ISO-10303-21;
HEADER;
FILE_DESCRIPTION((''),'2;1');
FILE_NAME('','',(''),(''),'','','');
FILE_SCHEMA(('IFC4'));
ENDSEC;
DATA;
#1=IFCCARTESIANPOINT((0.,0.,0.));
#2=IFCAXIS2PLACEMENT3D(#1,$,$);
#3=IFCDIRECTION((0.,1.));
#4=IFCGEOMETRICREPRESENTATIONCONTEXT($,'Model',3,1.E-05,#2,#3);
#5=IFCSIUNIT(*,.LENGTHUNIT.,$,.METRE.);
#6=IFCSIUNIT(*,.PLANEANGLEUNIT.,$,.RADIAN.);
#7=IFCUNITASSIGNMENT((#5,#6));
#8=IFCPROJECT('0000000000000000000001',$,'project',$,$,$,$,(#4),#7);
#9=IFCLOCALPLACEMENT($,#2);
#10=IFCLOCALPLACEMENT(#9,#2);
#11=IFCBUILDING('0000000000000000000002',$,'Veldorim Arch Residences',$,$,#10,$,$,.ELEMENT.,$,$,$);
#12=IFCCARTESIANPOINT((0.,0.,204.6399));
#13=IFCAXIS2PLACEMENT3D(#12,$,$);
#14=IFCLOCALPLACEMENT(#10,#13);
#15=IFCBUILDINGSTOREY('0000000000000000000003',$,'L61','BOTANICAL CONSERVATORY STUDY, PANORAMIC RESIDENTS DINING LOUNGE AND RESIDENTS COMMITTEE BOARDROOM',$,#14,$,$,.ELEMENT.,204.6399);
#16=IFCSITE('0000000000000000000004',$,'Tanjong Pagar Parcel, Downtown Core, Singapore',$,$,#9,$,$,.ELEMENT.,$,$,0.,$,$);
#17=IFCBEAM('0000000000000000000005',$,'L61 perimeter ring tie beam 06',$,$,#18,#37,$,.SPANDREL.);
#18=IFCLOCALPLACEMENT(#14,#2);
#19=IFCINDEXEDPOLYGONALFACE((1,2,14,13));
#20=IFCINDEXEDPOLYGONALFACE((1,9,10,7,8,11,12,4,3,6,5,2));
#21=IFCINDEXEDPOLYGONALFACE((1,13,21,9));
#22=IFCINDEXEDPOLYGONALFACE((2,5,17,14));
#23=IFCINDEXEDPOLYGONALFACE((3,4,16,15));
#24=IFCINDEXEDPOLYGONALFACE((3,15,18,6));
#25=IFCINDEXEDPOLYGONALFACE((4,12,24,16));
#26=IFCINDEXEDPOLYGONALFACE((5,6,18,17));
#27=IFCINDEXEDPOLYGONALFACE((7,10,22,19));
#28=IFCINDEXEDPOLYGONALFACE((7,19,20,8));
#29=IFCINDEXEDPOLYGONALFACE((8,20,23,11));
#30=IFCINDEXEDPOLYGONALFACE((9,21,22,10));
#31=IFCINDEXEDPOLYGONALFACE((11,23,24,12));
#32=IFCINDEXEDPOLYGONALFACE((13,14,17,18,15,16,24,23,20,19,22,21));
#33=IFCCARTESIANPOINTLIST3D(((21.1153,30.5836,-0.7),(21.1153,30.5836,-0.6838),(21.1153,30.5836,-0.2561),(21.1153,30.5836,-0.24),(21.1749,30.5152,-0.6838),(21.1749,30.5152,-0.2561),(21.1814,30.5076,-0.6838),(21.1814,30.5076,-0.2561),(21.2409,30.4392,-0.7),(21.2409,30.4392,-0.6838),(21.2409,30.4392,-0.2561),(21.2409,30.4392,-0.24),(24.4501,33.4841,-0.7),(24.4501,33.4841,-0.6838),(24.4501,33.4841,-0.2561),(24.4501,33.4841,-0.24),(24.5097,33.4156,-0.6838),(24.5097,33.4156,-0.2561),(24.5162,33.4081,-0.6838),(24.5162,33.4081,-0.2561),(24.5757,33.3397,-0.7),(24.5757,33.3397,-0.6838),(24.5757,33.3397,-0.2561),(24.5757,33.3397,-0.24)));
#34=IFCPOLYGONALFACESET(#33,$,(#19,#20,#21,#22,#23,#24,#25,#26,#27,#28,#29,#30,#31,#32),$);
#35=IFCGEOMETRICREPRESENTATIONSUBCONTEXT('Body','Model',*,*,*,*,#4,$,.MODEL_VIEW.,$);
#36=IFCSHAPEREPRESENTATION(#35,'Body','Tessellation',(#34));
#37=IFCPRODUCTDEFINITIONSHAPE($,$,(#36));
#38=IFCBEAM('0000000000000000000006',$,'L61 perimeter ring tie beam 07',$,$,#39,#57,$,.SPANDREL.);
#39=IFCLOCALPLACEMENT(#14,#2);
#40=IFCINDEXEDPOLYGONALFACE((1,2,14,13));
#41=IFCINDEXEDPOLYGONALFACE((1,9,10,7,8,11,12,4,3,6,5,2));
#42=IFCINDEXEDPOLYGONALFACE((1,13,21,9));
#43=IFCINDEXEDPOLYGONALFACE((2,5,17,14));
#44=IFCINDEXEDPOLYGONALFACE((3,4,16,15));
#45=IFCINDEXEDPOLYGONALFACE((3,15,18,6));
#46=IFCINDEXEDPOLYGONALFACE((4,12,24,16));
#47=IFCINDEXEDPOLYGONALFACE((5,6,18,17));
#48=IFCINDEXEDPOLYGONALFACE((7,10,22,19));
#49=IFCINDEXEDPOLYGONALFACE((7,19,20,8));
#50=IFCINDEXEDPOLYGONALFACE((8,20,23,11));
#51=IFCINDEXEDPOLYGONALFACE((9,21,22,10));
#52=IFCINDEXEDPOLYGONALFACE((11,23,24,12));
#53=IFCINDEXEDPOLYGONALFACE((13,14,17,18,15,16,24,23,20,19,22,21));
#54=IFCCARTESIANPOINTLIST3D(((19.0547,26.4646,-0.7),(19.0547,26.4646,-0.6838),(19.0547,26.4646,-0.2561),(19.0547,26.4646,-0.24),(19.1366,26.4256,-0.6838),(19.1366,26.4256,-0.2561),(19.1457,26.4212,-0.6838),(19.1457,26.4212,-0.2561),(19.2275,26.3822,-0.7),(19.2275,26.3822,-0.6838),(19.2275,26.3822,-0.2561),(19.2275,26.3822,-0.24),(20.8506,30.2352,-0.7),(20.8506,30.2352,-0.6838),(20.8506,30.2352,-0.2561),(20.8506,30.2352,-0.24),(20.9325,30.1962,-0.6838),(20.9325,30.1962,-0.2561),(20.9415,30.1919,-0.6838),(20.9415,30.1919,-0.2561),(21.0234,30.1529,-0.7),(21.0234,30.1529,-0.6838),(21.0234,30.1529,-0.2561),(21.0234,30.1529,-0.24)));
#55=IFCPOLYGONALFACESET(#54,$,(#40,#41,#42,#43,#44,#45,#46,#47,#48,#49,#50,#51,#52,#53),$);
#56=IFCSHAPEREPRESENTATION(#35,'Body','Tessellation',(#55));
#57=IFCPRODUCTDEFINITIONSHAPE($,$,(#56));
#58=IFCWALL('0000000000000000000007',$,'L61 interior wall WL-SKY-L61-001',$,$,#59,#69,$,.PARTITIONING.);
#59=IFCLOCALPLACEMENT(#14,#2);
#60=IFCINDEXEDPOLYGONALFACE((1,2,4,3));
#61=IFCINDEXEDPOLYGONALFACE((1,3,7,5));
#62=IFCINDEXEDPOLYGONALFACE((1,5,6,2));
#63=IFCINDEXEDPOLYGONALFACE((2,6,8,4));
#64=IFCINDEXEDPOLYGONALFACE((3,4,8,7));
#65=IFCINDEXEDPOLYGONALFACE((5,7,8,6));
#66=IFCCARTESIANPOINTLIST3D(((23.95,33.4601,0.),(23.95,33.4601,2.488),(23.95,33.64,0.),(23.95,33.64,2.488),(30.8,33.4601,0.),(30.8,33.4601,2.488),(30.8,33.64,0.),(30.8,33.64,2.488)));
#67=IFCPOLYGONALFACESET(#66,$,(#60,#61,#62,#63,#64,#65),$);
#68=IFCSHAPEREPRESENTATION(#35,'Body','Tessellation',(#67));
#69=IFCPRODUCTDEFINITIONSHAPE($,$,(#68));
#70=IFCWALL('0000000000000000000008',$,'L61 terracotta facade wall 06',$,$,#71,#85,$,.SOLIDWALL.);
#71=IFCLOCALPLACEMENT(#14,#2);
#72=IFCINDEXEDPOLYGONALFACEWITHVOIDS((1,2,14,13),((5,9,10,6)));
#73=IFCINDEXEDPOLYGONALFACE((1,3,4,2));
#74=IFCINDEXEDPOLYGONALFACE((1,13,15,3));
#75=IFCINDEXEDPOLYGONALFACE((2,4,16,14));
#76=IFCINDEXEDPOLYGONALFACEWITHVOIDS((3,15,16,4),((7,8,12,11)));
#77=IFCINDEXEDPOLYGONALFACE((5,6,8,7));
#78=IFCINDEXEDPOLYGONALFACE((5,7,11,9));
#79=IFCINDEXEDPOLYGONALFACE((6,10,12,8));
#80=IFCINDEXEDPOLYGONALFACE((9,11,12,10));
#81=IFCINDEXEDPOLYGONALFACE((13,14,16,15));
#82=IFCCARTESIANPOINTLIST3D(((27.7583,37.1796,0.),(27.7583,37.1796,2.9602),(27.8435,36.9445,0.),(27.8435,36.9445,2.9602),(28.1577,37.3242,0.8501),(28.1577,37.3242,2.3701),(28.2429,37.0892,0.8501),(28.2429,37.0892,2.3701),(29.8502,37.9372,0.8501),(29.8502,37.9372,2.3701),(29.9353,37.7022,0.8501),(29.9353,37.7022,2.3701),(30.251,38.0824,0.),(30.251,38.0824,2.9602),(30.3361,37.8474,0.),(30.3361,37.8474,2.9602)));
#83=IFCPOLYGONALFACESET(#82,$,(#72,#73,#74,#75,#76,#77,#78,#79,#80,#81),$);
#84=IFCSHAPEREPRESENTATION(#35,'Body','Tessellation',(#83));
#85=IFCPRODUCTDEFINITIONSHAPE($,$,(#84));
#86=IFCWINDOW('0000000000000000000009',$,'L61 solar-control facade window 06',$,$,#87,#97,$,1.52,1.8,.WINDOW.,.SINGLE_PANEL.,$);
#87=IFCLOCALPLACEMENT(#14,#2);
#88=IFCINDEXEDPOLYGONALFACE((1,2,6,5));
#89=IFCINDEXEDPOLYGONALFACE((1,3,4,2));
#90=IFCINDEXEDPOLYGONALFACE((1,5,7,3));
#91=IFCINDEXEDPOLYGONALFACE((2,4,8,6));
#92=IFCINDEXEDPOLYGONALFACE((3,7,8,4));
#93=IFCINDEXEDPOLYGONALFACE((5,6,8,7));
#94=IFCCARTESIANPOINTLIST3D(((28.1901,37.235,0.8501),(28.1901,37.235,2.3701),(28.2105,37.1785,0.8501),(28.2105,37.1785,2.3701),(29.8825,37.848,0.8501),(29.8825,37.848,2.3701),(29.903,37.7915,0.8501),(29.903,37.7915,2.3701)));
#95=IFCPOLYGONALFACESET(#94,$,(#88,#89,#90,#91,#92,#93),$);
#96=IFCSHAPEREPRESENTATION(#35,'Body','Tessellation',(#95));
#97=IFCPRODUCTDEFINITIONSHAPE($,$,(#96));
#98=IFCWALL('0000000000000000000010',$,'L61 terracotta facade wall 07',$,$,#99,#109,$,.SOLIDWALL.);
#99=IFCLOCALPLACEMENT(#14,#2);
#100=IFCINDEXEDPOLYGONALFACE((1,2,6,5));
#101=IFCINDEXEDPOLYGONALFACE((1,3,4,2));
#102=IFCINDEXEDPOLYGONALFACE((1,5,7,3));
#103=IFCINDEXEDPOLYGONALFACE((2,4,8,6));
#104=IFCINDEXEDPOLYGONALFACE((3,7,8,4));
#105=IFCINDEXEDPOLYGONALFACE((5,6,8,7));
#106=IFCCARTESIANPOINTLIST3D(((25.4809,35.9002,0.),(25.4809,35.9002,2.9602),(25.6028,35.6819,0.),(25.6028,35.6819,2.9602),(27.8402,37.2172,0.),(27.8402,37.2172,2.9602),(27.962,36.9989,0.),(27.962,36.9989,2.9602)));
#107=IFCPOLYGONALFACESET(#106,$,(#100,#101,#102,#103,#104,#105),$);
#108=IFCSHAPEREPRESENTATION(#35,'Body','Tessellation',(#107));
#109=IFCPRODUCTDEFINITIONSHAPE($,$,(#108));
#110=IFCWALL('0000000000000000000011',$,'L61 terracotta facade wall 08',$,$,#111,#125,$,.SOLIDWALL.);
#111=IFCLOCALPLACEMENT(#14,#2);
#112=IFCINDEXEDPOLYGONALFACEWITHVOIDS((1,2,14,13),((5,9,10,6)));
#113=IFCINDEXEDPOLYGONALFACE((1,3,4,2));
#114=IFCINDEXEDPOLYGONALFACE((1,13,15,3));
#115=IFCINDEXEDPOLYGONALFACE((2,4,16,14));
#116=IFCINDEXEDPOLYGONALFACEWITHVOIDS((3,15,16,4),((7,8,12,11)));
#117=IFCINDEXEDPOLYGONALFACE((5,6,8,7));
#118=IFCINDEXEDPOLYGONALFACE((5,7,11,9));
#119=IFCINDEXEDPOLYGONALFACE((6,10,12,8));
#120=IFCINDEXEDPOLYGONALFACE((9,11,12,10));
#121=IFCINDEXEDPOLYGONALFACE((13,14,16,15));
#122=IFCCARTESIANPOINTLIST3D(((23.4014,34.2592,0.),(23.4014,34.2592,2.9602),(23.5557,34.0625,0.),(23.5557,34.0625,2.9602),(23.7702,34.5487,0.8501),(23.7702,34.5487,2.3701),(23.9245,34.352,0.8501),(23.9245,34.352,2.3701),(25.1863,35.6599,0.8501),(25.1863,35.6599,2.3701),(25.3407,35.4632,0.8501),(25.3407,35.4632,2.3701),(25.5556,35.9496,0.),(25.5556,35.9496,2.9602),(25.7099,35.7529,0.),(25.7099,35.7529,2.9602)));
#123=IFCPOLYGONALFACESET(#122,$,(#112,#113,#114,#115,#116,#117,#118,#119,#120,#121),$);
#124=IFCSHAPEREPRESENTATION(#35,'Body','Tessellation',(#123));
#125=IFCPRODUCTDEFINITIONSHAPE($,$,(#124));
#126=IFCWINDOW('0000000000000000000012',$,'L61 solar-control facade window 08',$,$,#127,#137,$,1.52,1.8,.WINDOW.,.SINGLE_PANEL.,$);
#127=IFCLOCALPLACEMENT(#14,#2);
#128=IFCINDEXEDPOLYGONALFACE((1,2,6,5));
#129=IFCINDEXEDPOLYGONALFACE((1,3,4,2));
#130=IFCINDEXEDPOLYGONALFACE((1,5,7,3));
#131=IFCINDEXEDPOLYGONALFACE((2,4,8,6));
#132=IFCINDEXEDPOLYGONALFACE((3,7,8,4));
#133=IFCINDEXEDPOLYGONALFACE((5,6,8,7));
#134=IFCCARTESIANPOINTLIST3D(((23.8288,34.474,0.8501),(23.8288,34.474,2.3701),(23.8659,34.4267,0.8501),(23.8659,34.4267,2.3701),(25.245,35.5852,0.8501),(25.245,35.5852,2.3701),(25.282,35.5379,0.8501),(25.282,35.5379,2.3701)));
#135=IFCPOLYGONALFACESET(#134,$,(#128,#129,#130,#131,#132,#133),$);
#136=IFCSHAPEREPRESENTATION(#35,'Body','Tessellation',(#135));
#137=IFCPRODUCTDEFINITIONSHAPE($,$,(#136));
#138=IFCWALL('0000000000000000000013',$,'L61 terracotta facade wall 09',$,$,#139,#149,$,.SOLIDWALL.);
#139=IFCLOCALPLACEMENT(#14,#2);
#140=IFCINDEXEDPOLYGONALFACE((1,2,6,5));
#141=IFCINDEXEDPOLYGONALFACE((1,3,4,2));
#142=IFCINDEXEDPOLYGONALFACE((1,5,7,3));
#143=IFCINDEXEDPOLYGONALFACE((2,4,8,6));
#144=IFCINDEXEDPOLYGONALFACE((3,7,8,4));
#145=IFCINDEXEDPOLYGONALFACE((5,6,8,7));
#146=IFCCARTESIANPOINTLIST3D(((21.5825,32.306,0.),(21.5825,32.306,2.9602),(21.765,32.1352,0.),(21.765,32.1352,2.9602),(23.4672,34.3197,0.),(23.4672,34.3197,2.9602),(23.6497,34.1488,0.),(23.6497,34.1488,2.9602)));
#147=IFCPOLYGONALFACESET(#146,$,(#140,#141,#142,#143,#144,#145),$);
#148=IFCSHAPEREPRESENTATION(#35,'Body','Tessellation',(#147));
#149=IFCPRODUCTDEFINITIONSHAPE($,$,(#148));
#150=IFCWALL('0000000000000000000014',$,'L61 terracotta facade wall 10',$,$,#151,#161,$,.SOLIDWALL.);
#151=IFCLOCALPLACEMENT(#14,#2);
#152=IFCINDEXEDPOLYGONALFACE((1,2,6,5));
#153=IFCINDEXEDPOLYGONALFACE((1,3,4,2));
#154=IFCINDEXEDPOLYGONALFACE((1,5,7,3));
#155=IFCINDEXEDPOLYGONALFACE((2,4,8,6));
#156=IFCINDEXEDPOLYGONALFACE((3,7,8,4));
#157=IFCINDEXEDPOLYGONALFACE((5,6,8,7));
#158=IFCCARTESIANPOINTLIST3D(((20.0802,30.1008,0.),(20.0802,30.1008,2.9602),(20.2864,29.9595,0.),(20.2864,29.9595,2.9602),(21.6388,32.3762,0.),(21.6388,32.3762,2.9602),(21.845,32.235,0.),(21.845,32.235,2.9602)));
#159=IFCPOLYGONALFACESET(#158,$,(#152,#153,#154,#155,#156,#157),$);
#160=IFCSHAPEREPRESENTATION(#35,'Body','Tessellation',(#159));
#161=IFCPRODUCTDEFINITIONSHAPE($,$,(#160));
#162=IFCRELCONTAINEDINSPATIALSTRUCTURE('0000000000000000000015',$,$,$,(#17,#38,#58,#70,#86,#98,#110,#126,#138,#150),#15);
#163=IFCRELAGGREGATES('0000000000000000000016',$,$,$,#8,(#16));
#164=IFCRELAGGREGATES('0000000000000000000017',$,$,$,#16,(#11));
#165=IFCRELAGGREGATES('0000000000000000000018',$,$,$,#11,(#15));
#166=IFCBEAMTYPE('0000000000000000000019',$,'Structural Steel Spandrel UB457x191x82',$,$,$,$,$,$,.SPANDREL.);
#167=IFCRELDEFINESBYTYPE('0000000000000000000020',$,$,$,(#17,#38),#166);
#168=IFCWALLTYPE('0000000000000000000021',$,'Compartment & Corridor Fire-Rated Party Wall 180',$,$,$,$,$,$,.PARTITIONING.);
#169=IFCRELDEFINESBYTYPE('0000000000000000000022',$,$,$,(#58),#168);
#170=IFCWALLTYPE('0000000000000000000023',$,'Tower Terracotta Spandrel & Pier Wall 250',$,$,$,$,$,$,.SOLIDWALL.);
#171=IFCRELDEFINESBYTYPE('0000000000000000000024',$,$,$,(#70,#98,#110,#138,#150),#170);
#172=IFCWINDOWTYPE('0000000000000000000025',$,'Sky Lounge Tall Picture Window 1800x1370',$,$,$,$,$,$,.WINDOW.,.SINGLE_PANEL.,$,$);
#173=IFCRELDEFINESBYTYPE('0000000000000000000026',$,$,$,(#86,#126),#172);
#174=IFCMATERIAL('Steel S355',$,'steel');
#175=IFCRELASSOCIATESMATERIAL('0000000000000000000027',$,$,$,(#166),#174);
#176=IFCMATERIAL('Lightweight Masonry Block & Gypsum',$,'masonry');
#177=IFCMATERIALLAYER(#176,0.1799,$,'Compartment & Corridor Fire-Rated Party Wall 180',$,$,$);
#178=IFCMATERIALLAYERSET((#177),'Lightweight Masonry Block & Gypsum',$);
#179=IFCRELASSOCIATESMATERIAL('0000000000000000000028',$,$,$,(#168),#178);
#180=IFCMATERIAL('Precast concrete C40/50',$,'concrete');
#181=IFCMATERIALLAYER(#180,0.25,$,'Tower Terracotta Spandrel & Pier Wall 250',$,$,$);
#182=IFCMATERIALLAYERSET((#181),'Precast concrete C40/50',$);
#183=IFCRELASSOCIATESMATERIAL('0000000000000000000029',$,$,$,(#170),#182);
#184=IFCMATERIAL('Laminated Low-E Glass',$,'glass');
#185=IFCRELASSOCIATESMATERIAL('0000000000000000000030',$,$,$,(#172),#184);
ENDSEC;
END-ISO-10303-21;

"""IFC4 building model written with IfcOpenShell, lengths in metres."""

from ifc_helpers import new_model, si_unit, direction, frame, frame_2d, origin, origin_2d, place, context, subcontext, project, spatial, rectangle, i_section, extrude, material, layer, layer_set, material_profile, profile_set, type_object, element, fill, save


model = new_model("IFC4")

# Units and contexts
model_context = context("Model", 3, precision=1e-05, world=origin(), true_north=direction((0.0, 1.0)))
body_context = subcontext(model_context, "Body", "Model", "MODEL_VIEW")
ifc_project = project(units=[si_unit("LENGTHUNIT", "METRE"), si_unit("PLANEANGLEUNIT", "RADIAN")], contexts=[model_context])

# Site, building, storey
site_placement = place(None, origin())
site = spatial("IfcSite", under=ifc_project, at=site_placement, Name="Tanjong Pagar Parcel, Downtown Core, Singapore", CompositionType="ELEMENT", RefElevation=0.0)
building_placement = place(site_placement, origin())
building = spatial("IfcBuilding", under=site, at=building_placement, Name="Veldorim Arch Residences", CompositionType="ELEMENT")
storey_placement = place(building_placement, frame((0.0, 0.0, 204.6399)))
storey = spatial("IfcBuildingStorey", under=building, at=storey_placement, Name="L61", Description="BOTANICAL CONSERVATORY STUDY, PANORAMIC RESIDENTS DINING LOUNGE AND RESIDENTS COMMITTEE BOARDROOM", CompositionType="ELEMENT", Elevation=204.6399)

# Beams
ifc_material_1 = material(Name="Steel S355", Category="steel")
ifc_material_profile_1 = material_profile(ifc_material_1, i_section(OverallWidth=0.1914, OverallDepth=0.46, WebThickness=0.01, FlangeThickness=0.0161, at=origin_2d()), Name="UB457x191x82")
ifc_profile_set_1 = profile_set([ifc_material_profile_1], Name="Steel S355")
beam_type_1 = type_object("IfcBeamType", Name="Structural Steel Spandrel UB457x191x82", PredefinedType="SPANDREL", material=ifc_profile_set_1)
beam_1_placement = place(storey_placement, frame((24.5129, 33.4119, -0.47), z_axis=(-0.754534, -0.656261, 0.0), x_axis=(0.656261, -0.754534, 0.0)))
element("IfcBeam", 1, at=beam_1_placement, inside=storey, type_object=beam_type_1, Name="L61 perimeter ring tie beam 06", PredefinedType="SPANDREL", context=body_context, shape_type="SweptSolid", body=[
    extrude(i_section(OverallWidth=0.1914, OverallDepth=0.46, WebThickness=0.01, FlangeThickness=0.0161, at=origin_2d()), origin(), (0.0, 0.0, 1.0), 4.4197),
])
beam_2_placement = place(storey_placement, frame((20.937, 30.1941, -0.47), z_axis=(-0.429993, -0.902832, 0.0), x_axis=(0.902832, -0.429993, 0.0)))
element("IfcBeam", 2, at=beam_2_placement, inside=storey, type_object=beam_type_1, Name="L61 perimeter ring tie beam 07", PredefinedType="SPANDREL", context=body_context, shape_type="SweptSolid", body=[
    extrude(i_section(OverallWidth=0.1914, OverallDepth=0.46, WebThickness=0.01, FlangeThickness=0.0161, at=origin_2d()), origin(), (0.0, 0.0, 1.0), 4.1765),
])

# Wall
ifc_material_2 = material(Name="Lightweight Masonry Block & Gypsum", Category="masonry")
ifc_layer_1 = layer(ifc_material_2, 0.1799, Name="Compartment & Corridor Fire-Rated Party Wall 180")
ifc_layer_set_1 = layer_set([ifc_layer_1], Name="Lightweight Masonry Block & Gypsum")
wall_type_1 = type_object("IfcWallType", Name="Compartment & Corridor Fire-Rated Party Wall 180", PredefinedType="PARTITIONING", material=ifc_layer_set_1)
wall_1_placement = place(storey_placement, frame((23.95, 33.55, 0.0), z_axis=(0.0, 0.0, 1.0), x_axis=(1.0, 0.0, 0.0)))
element("IfcWall", 3, at=wall_1_placement, inside=storey, type_object=wall_type_1, Name="L61 interior wall WL-SKY-L61-001", PredefinedType="PARTITIONING", context=body_context, shape_type="SweptSolid", body=[
    extrude(rectangle(XDim=6.8501, YDim=0.1799, at=frame_2d((3.425, 0.0))), origin(), (0.0, 0.0, 1.0), 2.488),
])

# Wall, opening, window
ifc_material_3 = material(Name="Precast concrete C40/50", Category="concrete")
ifc_layer_2 = layer(ifc_material_3, 0.25, Name="Tower Terracotta Spandrel & Pier Wall 250")
ifc_layer_set_2 = layer_set([ifc_layer_2], Name="Precast concrete C40/50")
wall_type_2 = type_object("IfcWallType", Name="Tower Terracotta Spandrel & Pier Wall 250", PredefinedType="SOLIDWALL", material=ifc_layer_set_2)
wall_2_placement = place(storey_placement, frame((27.8008, 37.062, 0.0), z_axis=(0.0, 0.0, 1.0), x_axis=(0.940228, 0.340545, 0.0)))
wall_2 = element("IfcWall", 4, at=wall_2_placement, inside=storey, type_object=wall_type_2, Name="L61 terracotta facade wall 06", PredefinedType="SOLIDWALL", context=body_context, shape_type="SweptSolid", body=[
    extrude(rectangle(XDim=2.6511, YDim=0.25, at=frame_2d((1.3257, 0.0))), origin(), (0.0, 0.0, 1.0), 2.9602),
])
opening_1_placement = place(wall_2_placement, frame((0.425, 0.0, 0.8501)))
opening_1 = element("IfcOpeningElement", 5, at=opening_1_placement, cuts=wall_2, PredefinedType="OPENING", context=body_context, shape_type="SweptSolid", body=[
    extrude(rectangle(XDim=1.8, YDim=1.52, at=frame_2d((0.8999, 0.76))), frame((0.0, 0.135, 0.0), z_axis=(0.0, -1.0, 0.0), x_axis=(1.0, 0.0, 0.0)), (0.0, 0.0, 1.0), 0.27),
])
ifc_material_4 = material(Name="Laminated Low-E Glass", Category="glass")
window_type = type_object("IfcWindowType", Name="Sky Lounge Tall Picture Window 1800x1370", PartitioningType="SINGLE_PANEL", PredefinedType="WINDOW", material=ifc_material_4)
window_1_placement = place(opening_1_placement, origin())
window_1 = element("IfcWindow", 6, at=window_1_placement, inside=storey, type_object=window_type, Name="L61 solar-control facade window 06", OverallHeight=1.52, OverallWidth=1.8, PartitioningType="SINGLE_PANEL", PredefinedType="WINDOW", context=body_context, shape_type="SweptSolid", body=[
    extrude(rectangle(XDim=1.8, YDim=1.52, at=frame_2d((0.8999, 0.76))), frame((0.0, 0.03, 0.0), z_axis=(0.0, -1.0, 0.0), x_axis=(1.0, 0.0, 0.0)), (0.0, 0.0, 1.0), 0.0601),
])
fill(opening_1, window_1)

# Wall
wall_3_placement = place(storey_placement, frame((25.5417, 35.791, 0.0), z_axis=(0.0, 0.0, 1.0), x_axis=(0.873171, 0.487414, 0.0)))
element("IfcWall", 7, at=wall_3_placement, inside=storey, type_object=wall_type_2, Name="L61 terracotta facade wall 07", PredefinedType="SOLIDWALL", context=body_context, shape_type="SweptSolid", body=[
    extrude(rectangle(XDim=2.7019, YDim=0.25, at=frame_2d((1.3511, 0.0))), origin(), (0.0, 0.0, 1.0), 2.9602),
])

# Wall, opening, window
wall_4_placement = place(storey_placement, frame((23.4785, 34.1609, 0.0), z_axis=(0.0, 0.0, 1.0), x_axis=(0.786714, 0.617317, 0.0)))
wall_4 = element("IfcWall", 8, at=wall_4_placement, inside=storey, type_object=wall_type_2, Name="L61 terracotta facade wall 08", PredefinedType="SOLIDWALL", context=body_context, shape_type="SweptSolid", body=[
    extrude(rectangle(XDim=2.7383, YDim=0.25, at=frame_2d((1.3691, 0.0))), origin(), (0.0, 0.0, 1.0), 2.9602),
])
opening_2_placement = place(wall_4_placement, frame((0.469, 0.0, 0.8501)))
opening_2 = element("IfcOpeningElement", 9, at=opening_2_placement, cuts=wall_4, PredefinedType="OPENING", context=body_context, shape_type="SweptSolid", body=[
    extrude(rectangle(XDim=1.8, YDim=1.52, at=frame_2d((0.8999, 0.76))), frame((0.0, 0.135, 0.0), z_axis=(0.0, -1.0, 0.0), x_axis=(1.0, 0.0, 0.0)), (0.0, 0.0, 1.0), 0.27),
])
window_2_placement = place(opening_2_placement, origin())
window_2 = element("IfcWindow", 10, at=window_2_placement, inside=storey, type_object=window_type, Name="L61 solar-control facade window 08", OverallHeight=1.52, OverallWidth=1.8, PartitioningType="SINGLE_PANEL", PredefinedType="WINDOW", context=body_context, shape_type="SweptSolid", body=[
    extrude(rectangle(XDim=1.8, YDim=1.52, at=frame_2d((0.8999, 0.76))), frame((0.0, 0.03, 0.0), z_axis=(0.0, -1.0, 0.0), x_axis=(1.0, 0.0, 0.0)), (0.0, 0.0, 1.0), 0.0601),
])
fill(opening_2, window_2)

# Walls
for number, where, z_axis, x_axis, name in (
    (11, (21.6738, 32.2207, 0.0), (0.0, 0.0, 1.0), (0.683352, 0.730089, 0.0), "L61 terracotta facade wall 09"),
    (12, (20.1833, 30.0303, 0.0), (0.0, 0.0, 1.0), (0.565115, 0.825012, 0.0), "L61 terracotta facade wall 10"),
):
    element("IfcWall", number, at=place(storey_placement, frame(where, z_axis=z_axis, x_axis=x_axis)), inside=storey, type_object=wall_type_2, Name=name, PredefinedType="SOLIDWALL", context=body_context, shape_type="SweptSolid", body=[
        extrude(rectangle(XDim=2.7581, YDim=0.25, at=frame_2d((1.3789, 0.0))), origin(), (0.0, 0.0, 1.0), 2.9602),
    ])

save(model, "model.ifc")
